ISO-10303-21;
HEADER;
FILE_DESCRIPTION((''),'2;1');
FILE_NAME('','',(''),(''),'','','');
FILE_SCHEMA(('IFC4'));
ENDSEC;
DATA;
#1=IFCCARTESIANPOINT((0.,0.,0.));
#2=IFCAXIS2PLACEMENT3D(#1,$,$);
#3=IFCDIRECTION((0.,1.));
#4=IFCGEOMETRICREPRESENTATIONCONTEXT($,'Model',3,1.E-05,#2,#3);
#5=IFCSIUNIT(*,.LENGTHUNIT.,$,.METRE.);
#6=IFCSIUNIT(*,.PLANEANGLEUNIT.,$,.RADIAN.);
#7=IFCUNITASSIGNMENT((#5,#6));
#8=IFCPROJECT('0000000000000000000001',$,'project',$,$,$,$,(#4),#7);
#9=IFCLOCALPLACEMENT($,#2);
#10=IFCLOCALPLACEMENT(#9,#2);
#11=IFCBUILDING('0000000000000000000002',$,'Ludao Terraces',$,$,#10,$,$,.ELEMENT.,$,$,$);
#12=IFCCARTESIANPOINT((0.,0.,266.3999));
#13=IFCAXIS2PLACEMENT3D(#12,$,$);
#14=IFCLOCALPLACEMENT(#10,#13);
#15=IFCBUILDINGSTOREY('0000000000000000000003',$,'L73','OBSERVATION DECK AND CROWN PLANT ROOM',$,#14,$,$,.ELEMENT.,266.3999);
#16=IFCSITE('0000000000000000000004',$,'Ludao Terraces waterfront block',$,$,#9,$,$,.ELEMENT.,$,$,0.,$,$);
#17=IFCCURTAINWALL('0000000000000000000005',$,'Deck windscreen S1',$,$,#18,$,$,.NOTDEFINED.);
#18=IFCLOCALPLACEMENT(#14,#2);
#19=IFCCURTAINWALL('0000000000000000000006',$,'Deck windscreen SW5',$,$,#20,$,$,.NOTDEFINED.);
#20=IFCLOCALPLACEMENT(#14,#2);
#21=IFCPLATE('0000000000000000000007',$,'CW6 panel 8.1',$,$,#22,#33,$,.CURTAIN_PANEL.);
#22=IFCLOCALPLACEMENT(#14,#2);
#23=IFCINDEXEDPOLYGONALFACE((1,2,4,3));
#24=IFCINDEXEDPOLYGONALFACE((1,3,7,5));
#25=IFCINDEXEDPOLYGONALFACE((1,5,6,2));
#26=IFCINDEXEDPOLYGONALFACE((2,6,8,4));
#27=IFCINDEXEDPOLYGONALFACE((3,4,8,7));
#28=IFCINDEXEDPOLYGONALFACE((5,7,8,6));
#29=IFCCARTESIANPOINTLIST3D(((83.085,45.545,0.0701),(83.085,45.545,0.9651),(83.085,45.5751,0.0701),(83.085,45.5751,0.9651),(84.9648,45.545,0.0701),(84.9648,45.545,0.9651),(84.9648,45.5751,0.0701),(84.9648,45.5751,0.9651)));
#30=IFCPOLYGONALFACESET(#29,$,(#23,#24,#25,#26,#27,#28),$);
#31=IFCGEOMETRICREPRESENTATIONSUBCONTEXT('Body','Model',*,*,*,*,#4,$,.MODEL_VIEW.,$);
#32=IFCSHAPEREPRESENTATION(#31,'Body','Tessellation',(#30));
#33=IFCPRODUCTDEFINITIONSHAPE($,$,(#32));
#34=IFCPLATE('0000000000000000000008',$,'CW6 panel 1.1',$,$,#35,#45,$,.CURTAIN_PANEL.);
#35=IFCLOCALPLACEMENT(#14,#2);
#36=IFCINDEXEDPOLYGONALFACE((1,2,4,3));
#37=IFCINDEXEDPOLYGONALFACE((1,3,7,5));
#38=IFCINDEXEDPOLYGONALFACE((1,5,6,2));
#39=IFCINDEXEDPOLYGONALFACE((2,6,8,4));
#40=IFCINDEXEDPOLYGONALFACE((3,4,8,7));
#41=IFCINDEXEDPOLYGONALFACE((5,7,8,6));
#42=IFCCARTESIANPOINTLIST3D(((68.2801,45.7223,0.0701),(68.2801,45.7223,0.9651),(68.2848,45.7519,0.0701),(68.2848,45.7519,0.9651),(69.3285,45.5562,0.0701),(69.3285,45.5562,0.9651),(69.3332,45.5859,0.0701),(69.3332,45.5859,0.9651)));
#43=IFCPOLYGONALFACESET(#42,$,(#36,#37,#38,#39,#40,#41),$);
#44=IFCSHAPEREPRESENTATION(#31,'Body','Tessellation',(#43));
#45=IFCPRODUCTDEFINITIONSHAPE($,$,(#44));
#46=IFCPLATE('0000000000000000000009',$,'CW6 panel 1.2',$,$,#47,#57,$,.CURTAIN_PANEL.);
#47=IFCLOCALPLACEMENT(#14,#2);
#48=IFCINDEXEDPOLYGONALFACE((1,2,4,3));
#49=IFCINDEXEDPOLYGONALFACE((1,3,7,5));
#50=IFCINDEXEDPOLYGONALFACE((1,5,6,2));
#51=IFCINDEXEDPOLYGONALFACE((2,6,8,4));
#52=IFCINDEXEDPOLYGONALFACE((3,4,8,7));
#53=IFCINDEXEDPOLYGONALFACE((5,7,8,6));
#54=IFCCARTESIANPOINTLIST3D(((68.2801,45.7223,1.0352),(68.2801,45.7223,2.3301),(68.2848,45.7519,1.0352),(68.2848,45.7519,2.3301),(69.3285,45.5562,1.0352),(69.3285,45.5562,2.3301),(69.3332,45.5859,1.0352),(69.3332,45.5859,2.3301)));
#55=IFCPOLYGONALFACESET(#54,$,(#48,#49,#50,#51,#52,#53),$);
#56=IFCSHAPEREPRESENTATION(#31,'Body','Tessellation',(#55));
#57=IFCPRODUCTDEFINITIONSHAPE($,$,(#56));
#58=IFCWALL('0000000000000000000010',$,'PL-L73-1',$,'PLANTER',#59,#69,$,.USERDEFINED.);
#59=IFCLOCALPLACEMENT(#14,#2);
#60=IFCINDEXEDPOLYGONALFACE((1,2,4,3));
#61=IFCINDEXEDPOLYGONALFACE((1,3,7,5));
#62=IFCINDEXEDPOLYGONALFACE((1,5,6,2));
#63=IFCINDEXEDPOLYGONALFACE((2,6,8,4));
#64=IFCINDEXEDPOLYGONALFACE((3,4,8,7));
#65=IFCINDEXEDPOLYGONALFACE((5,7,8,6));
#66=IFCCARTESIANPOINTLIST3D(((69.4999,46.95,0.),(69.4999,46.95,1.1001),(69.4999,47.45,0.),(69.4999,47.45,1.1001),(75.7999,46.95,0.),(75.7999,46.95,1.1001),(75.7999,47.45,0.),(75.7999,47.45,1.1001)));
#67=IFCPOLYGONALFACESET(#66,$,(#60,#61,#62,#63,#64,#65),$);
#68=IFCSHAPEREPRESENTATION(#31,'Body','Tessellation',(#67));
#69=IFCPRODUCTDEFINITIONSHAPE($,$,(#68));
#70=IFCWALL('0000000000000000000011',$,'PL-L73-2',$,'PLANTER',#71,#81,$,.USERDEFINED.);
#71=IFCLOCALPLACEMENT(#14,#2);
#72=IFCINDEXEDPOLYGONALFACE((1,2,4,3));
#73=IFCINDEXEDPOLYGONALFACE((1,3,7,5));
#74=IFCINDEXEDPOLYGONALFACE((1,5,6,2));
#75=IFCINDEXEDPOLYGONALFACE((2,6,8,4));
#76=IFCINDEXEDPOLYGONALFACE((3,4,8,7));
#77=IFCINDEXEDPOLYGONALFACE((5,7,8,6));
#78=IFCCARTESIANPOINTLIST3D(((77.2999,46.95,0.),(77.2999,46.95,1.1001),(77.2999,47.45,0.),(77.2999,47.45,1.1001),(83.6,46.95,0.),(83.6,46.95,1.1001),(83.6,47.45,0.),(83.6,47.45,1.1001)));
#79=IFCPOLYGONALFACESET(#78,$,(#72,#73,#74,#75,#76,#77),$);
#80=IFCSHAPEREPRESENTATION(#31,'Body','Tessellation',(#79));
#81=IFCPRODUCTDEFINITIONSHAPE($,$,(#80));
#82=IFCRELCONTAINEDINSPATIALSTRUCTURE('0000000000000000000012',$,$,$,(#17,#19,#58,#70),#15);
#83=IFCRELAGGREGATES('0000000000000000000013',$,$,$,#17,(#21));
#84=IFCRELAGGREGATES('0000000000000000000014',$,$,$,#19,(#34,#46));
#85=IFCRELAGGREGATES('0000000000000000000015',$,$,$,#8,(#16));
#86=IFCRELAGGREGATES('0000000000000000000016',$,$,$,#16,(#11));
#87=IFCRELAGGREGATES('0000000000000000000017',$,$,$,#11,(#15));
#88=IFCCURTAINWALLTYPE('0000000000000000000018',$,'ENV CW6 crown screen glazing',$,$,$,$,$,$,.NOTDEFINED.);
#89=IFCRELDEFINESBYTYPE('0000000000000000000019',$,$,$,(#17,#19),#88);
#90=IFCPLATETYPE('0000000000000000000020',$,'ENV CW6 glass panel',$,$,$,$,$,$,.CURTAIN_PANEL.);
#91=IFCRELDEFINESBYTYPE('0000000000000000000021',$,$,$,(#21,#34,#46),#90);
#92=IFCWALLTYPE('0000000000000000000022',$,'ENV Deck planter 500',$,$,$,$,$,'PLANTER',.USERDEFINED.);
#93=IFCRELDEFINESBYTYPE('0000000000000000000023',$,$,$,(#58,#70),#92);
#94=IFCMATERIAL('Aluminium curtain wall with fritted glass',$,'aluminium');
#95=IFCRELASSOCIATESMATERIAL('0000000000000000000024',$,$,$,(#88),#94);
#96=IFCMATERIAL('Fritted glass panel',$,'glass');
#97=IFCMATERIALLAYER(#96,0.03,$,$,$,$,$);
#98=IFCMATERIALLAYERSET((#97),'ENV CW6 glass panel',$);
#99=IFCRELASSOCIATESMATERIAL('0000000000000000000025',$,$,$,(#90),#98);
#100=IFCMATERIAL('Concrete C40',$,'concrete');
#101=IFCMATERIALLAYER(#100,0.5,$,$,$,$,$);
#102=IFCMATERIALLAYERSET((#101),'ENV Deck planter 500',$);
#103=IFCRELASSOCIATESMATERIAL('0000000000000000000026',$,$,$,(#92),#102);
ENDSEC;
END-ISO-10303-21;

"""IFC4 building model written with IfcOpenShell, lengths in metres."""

from ifc_helpers import new_model, si_unit, direction, frame, frame_2d, origin, origin_2d, place, context, subcontext, project, spatial, rectangle, extrude, material, layer, layer_set, type_object, element, aggregate, save


model = new_model("IFC4")

# Units and contexts
model_context = context("Model", 3, precision=1e-05, world=origin(), true_north=direction((0.0, 1.0)))
body_context = subcontext(model_context, "Body", "Model", "MODEL_VIEW")
ifc_project = project(units=[si_unit("LENGTHUNIT", "METRE"), si_unit("PLANEANGLEUNIT", "RADIAN")], contexts=[model_context])

# Site, building, storey
site_placement = place(None, origin())
site = spatial("IfcSite", under=ifc_project, at=site_placement, Name="Ludao Terraces waterfront block", CompositionType="ELEMENT", RefElevation=0.0)
building_placement = place(site_placement, origin())
building = spatial("IfcBuilding", under=site, at=building_placement, Name="Ludao Terraces", CompositionType="ELEMENT")
storey_placement = place(building_placement, frame((0.0, 0.0, 266.3999)))
storey = spatial("IfcBuildingStorey", under=building, at=storey_placement, Name="L73", Description="OBSERVATION DECK AND CROWN PLANT ROOM", CompositionType="ELEMENT", Elevation=266.3999)

# Curtain wall
ifc_material_1 = material(Name="Aluminium curtain wall with fritted glass", Category="aluminium")
curtain_wall_type = type_object("IfcCurtainWallType", Name="ENV CW6 crown screen glazing", PredefinedType="NOTDEFINED", material=ifc_material_1)
curtain_wall_1_placement = place(storey_placement, origin())
curtain_wall_1 = element("IfcCurtainWall", 1, at=curtain_wall_1_placement, inside=storey, type_object=curtain_wall_type, Name="Deck windscreen S1", PredefinedType="NOTDEFINED")

# Curtain wall
curtain_wall_2_placement = place(storey_placement, origin())
curtain_wall_2 = element("IfcCurtainWall", 2, at=curtain_wall_2_placement, inside=storey, type_object=curtain_wall_type, Name="Deck windscreen SW5", PredefinedType="NOTDEFINED")

# Plates
ifc_material_2 = material(Name="Fritted glass panel", Category="glass")
ifc_layer_1 = layer(ifc_material_2, 0.03)
ifc_layer_set_1 = layer_set([ifc_layer_1], Name="ENV CW6 glass panel")
plate_type = type_object("IfcPlateType", Name="ENV CW6 glass panel", PredefinedType="CURTAIN_PANEL", material=ifc_layer_set_1)
plate_1_placement = place(storey_placement, frame((84.0249, 45.5601, 0.0701), z_axis=(0.0, 0.0, 1.0), x_axis=(1.0, 0.0, 0.0)))
plate_1 = element("IfcPlate", 3, at=plate_1_placement, type_object=plate_type, Name="CW6 panel 8.1", PredefinedType="CURTAIN_PANEL", context=body_context, shape_type="SweptSolid", body=[
    extrude(rectangle(XDim=1.8799, YDim=0.03, at=origin_2d()), origin(), (0.0, 0.0, 1.0), 0.895),
])
aggregate(curtain_wall_1, [plate_1])
plate_2_placement = place(storey_placement, frame((68.8066, 45.6541, 0.0701), z_axis=(0.0, 0.0, 1.0), x_axis=(0.987688, -0.156435, 0.0)))
plate_2 = element("IfcPlate", 4, at=plate_2_placement, type_object=plate_type, Name="CW6 panel 1.1", PredefinedType="CURTAIN_PANEL", context=body_context, shape_type="SweptSolid", body=[
    extrude(rectangle(XDim=1.0615, YDim=0.03, at=origin_2d()), origin(), (0.0, 0.0, 1.0), 0.895),
])
plate_3_placement = place(storey_placement, frame((68.8066, 45.6541, 1.0352), z_axis=(0.0, 0.0, 1.0), x_axis=(0.987688, -0.156435, 0.0)))
plate_3 = element("IfcPlate", 5, at=plate_3_placement, type_object=plate_type, Name="CW6 panel 1.2", PredefinedType="CURTAIN_PANEL", context=body_context, shape_type="SweptSolid", body=[
    extrude(rectangle(XDim=1.0615, YDim=0.03, at=origin_2d()), origin(), (0.0, 0.0, 1.0), 1.2949),
])
aggregate(curtain_wall_2, [plate_2, plate_3])

# Walls
ifc_material_3 = material(Name="Concrete C40", Category="concrete")
ifc_layer_2 = layer(ifc_material_3, 0.5)
ifc_layer_set_2 = layer_set([ifc_layer_2], Name="ENV Deck planter 500")
wall_type = type_object("IfcWallType", Name="ENV Deck planter 500", ElementType="PLANTER", PredefinedType="USERDEFINED", material=ifc_layer_set_2)
for number, where, z_axis, x_axis, name in (
    (6, (69.5, 47.2, 0.0), (0.0, 0.0, 1.0), (1.0, 0.0, 0.0), "PL-L73-1"),
    (7, (77.3, 47.2, 0.0), (0.0, 0.0, 1.0), (1.0, 0.0, 0.0), "PL-L73-2"),
):
    element("IfcWall", number, at=place(storey_placement, frame(where, z_axis=z_axis, x_axis=x_axis)), inside=storey, type_object=wall_type, Name=name, ObjectType="PLANTER", PredefinedType="USERDEFINED", context=body_context, shape_type="SweptSolid", body=[
        extrude(rectangle(XDim=6.3, YDim=0.5, at=frame_2d((3.1499, 0.0))), origin(), (0.0, 0.0, 1.0), 1.1001),
    ])

save(model, "model.ifc")
